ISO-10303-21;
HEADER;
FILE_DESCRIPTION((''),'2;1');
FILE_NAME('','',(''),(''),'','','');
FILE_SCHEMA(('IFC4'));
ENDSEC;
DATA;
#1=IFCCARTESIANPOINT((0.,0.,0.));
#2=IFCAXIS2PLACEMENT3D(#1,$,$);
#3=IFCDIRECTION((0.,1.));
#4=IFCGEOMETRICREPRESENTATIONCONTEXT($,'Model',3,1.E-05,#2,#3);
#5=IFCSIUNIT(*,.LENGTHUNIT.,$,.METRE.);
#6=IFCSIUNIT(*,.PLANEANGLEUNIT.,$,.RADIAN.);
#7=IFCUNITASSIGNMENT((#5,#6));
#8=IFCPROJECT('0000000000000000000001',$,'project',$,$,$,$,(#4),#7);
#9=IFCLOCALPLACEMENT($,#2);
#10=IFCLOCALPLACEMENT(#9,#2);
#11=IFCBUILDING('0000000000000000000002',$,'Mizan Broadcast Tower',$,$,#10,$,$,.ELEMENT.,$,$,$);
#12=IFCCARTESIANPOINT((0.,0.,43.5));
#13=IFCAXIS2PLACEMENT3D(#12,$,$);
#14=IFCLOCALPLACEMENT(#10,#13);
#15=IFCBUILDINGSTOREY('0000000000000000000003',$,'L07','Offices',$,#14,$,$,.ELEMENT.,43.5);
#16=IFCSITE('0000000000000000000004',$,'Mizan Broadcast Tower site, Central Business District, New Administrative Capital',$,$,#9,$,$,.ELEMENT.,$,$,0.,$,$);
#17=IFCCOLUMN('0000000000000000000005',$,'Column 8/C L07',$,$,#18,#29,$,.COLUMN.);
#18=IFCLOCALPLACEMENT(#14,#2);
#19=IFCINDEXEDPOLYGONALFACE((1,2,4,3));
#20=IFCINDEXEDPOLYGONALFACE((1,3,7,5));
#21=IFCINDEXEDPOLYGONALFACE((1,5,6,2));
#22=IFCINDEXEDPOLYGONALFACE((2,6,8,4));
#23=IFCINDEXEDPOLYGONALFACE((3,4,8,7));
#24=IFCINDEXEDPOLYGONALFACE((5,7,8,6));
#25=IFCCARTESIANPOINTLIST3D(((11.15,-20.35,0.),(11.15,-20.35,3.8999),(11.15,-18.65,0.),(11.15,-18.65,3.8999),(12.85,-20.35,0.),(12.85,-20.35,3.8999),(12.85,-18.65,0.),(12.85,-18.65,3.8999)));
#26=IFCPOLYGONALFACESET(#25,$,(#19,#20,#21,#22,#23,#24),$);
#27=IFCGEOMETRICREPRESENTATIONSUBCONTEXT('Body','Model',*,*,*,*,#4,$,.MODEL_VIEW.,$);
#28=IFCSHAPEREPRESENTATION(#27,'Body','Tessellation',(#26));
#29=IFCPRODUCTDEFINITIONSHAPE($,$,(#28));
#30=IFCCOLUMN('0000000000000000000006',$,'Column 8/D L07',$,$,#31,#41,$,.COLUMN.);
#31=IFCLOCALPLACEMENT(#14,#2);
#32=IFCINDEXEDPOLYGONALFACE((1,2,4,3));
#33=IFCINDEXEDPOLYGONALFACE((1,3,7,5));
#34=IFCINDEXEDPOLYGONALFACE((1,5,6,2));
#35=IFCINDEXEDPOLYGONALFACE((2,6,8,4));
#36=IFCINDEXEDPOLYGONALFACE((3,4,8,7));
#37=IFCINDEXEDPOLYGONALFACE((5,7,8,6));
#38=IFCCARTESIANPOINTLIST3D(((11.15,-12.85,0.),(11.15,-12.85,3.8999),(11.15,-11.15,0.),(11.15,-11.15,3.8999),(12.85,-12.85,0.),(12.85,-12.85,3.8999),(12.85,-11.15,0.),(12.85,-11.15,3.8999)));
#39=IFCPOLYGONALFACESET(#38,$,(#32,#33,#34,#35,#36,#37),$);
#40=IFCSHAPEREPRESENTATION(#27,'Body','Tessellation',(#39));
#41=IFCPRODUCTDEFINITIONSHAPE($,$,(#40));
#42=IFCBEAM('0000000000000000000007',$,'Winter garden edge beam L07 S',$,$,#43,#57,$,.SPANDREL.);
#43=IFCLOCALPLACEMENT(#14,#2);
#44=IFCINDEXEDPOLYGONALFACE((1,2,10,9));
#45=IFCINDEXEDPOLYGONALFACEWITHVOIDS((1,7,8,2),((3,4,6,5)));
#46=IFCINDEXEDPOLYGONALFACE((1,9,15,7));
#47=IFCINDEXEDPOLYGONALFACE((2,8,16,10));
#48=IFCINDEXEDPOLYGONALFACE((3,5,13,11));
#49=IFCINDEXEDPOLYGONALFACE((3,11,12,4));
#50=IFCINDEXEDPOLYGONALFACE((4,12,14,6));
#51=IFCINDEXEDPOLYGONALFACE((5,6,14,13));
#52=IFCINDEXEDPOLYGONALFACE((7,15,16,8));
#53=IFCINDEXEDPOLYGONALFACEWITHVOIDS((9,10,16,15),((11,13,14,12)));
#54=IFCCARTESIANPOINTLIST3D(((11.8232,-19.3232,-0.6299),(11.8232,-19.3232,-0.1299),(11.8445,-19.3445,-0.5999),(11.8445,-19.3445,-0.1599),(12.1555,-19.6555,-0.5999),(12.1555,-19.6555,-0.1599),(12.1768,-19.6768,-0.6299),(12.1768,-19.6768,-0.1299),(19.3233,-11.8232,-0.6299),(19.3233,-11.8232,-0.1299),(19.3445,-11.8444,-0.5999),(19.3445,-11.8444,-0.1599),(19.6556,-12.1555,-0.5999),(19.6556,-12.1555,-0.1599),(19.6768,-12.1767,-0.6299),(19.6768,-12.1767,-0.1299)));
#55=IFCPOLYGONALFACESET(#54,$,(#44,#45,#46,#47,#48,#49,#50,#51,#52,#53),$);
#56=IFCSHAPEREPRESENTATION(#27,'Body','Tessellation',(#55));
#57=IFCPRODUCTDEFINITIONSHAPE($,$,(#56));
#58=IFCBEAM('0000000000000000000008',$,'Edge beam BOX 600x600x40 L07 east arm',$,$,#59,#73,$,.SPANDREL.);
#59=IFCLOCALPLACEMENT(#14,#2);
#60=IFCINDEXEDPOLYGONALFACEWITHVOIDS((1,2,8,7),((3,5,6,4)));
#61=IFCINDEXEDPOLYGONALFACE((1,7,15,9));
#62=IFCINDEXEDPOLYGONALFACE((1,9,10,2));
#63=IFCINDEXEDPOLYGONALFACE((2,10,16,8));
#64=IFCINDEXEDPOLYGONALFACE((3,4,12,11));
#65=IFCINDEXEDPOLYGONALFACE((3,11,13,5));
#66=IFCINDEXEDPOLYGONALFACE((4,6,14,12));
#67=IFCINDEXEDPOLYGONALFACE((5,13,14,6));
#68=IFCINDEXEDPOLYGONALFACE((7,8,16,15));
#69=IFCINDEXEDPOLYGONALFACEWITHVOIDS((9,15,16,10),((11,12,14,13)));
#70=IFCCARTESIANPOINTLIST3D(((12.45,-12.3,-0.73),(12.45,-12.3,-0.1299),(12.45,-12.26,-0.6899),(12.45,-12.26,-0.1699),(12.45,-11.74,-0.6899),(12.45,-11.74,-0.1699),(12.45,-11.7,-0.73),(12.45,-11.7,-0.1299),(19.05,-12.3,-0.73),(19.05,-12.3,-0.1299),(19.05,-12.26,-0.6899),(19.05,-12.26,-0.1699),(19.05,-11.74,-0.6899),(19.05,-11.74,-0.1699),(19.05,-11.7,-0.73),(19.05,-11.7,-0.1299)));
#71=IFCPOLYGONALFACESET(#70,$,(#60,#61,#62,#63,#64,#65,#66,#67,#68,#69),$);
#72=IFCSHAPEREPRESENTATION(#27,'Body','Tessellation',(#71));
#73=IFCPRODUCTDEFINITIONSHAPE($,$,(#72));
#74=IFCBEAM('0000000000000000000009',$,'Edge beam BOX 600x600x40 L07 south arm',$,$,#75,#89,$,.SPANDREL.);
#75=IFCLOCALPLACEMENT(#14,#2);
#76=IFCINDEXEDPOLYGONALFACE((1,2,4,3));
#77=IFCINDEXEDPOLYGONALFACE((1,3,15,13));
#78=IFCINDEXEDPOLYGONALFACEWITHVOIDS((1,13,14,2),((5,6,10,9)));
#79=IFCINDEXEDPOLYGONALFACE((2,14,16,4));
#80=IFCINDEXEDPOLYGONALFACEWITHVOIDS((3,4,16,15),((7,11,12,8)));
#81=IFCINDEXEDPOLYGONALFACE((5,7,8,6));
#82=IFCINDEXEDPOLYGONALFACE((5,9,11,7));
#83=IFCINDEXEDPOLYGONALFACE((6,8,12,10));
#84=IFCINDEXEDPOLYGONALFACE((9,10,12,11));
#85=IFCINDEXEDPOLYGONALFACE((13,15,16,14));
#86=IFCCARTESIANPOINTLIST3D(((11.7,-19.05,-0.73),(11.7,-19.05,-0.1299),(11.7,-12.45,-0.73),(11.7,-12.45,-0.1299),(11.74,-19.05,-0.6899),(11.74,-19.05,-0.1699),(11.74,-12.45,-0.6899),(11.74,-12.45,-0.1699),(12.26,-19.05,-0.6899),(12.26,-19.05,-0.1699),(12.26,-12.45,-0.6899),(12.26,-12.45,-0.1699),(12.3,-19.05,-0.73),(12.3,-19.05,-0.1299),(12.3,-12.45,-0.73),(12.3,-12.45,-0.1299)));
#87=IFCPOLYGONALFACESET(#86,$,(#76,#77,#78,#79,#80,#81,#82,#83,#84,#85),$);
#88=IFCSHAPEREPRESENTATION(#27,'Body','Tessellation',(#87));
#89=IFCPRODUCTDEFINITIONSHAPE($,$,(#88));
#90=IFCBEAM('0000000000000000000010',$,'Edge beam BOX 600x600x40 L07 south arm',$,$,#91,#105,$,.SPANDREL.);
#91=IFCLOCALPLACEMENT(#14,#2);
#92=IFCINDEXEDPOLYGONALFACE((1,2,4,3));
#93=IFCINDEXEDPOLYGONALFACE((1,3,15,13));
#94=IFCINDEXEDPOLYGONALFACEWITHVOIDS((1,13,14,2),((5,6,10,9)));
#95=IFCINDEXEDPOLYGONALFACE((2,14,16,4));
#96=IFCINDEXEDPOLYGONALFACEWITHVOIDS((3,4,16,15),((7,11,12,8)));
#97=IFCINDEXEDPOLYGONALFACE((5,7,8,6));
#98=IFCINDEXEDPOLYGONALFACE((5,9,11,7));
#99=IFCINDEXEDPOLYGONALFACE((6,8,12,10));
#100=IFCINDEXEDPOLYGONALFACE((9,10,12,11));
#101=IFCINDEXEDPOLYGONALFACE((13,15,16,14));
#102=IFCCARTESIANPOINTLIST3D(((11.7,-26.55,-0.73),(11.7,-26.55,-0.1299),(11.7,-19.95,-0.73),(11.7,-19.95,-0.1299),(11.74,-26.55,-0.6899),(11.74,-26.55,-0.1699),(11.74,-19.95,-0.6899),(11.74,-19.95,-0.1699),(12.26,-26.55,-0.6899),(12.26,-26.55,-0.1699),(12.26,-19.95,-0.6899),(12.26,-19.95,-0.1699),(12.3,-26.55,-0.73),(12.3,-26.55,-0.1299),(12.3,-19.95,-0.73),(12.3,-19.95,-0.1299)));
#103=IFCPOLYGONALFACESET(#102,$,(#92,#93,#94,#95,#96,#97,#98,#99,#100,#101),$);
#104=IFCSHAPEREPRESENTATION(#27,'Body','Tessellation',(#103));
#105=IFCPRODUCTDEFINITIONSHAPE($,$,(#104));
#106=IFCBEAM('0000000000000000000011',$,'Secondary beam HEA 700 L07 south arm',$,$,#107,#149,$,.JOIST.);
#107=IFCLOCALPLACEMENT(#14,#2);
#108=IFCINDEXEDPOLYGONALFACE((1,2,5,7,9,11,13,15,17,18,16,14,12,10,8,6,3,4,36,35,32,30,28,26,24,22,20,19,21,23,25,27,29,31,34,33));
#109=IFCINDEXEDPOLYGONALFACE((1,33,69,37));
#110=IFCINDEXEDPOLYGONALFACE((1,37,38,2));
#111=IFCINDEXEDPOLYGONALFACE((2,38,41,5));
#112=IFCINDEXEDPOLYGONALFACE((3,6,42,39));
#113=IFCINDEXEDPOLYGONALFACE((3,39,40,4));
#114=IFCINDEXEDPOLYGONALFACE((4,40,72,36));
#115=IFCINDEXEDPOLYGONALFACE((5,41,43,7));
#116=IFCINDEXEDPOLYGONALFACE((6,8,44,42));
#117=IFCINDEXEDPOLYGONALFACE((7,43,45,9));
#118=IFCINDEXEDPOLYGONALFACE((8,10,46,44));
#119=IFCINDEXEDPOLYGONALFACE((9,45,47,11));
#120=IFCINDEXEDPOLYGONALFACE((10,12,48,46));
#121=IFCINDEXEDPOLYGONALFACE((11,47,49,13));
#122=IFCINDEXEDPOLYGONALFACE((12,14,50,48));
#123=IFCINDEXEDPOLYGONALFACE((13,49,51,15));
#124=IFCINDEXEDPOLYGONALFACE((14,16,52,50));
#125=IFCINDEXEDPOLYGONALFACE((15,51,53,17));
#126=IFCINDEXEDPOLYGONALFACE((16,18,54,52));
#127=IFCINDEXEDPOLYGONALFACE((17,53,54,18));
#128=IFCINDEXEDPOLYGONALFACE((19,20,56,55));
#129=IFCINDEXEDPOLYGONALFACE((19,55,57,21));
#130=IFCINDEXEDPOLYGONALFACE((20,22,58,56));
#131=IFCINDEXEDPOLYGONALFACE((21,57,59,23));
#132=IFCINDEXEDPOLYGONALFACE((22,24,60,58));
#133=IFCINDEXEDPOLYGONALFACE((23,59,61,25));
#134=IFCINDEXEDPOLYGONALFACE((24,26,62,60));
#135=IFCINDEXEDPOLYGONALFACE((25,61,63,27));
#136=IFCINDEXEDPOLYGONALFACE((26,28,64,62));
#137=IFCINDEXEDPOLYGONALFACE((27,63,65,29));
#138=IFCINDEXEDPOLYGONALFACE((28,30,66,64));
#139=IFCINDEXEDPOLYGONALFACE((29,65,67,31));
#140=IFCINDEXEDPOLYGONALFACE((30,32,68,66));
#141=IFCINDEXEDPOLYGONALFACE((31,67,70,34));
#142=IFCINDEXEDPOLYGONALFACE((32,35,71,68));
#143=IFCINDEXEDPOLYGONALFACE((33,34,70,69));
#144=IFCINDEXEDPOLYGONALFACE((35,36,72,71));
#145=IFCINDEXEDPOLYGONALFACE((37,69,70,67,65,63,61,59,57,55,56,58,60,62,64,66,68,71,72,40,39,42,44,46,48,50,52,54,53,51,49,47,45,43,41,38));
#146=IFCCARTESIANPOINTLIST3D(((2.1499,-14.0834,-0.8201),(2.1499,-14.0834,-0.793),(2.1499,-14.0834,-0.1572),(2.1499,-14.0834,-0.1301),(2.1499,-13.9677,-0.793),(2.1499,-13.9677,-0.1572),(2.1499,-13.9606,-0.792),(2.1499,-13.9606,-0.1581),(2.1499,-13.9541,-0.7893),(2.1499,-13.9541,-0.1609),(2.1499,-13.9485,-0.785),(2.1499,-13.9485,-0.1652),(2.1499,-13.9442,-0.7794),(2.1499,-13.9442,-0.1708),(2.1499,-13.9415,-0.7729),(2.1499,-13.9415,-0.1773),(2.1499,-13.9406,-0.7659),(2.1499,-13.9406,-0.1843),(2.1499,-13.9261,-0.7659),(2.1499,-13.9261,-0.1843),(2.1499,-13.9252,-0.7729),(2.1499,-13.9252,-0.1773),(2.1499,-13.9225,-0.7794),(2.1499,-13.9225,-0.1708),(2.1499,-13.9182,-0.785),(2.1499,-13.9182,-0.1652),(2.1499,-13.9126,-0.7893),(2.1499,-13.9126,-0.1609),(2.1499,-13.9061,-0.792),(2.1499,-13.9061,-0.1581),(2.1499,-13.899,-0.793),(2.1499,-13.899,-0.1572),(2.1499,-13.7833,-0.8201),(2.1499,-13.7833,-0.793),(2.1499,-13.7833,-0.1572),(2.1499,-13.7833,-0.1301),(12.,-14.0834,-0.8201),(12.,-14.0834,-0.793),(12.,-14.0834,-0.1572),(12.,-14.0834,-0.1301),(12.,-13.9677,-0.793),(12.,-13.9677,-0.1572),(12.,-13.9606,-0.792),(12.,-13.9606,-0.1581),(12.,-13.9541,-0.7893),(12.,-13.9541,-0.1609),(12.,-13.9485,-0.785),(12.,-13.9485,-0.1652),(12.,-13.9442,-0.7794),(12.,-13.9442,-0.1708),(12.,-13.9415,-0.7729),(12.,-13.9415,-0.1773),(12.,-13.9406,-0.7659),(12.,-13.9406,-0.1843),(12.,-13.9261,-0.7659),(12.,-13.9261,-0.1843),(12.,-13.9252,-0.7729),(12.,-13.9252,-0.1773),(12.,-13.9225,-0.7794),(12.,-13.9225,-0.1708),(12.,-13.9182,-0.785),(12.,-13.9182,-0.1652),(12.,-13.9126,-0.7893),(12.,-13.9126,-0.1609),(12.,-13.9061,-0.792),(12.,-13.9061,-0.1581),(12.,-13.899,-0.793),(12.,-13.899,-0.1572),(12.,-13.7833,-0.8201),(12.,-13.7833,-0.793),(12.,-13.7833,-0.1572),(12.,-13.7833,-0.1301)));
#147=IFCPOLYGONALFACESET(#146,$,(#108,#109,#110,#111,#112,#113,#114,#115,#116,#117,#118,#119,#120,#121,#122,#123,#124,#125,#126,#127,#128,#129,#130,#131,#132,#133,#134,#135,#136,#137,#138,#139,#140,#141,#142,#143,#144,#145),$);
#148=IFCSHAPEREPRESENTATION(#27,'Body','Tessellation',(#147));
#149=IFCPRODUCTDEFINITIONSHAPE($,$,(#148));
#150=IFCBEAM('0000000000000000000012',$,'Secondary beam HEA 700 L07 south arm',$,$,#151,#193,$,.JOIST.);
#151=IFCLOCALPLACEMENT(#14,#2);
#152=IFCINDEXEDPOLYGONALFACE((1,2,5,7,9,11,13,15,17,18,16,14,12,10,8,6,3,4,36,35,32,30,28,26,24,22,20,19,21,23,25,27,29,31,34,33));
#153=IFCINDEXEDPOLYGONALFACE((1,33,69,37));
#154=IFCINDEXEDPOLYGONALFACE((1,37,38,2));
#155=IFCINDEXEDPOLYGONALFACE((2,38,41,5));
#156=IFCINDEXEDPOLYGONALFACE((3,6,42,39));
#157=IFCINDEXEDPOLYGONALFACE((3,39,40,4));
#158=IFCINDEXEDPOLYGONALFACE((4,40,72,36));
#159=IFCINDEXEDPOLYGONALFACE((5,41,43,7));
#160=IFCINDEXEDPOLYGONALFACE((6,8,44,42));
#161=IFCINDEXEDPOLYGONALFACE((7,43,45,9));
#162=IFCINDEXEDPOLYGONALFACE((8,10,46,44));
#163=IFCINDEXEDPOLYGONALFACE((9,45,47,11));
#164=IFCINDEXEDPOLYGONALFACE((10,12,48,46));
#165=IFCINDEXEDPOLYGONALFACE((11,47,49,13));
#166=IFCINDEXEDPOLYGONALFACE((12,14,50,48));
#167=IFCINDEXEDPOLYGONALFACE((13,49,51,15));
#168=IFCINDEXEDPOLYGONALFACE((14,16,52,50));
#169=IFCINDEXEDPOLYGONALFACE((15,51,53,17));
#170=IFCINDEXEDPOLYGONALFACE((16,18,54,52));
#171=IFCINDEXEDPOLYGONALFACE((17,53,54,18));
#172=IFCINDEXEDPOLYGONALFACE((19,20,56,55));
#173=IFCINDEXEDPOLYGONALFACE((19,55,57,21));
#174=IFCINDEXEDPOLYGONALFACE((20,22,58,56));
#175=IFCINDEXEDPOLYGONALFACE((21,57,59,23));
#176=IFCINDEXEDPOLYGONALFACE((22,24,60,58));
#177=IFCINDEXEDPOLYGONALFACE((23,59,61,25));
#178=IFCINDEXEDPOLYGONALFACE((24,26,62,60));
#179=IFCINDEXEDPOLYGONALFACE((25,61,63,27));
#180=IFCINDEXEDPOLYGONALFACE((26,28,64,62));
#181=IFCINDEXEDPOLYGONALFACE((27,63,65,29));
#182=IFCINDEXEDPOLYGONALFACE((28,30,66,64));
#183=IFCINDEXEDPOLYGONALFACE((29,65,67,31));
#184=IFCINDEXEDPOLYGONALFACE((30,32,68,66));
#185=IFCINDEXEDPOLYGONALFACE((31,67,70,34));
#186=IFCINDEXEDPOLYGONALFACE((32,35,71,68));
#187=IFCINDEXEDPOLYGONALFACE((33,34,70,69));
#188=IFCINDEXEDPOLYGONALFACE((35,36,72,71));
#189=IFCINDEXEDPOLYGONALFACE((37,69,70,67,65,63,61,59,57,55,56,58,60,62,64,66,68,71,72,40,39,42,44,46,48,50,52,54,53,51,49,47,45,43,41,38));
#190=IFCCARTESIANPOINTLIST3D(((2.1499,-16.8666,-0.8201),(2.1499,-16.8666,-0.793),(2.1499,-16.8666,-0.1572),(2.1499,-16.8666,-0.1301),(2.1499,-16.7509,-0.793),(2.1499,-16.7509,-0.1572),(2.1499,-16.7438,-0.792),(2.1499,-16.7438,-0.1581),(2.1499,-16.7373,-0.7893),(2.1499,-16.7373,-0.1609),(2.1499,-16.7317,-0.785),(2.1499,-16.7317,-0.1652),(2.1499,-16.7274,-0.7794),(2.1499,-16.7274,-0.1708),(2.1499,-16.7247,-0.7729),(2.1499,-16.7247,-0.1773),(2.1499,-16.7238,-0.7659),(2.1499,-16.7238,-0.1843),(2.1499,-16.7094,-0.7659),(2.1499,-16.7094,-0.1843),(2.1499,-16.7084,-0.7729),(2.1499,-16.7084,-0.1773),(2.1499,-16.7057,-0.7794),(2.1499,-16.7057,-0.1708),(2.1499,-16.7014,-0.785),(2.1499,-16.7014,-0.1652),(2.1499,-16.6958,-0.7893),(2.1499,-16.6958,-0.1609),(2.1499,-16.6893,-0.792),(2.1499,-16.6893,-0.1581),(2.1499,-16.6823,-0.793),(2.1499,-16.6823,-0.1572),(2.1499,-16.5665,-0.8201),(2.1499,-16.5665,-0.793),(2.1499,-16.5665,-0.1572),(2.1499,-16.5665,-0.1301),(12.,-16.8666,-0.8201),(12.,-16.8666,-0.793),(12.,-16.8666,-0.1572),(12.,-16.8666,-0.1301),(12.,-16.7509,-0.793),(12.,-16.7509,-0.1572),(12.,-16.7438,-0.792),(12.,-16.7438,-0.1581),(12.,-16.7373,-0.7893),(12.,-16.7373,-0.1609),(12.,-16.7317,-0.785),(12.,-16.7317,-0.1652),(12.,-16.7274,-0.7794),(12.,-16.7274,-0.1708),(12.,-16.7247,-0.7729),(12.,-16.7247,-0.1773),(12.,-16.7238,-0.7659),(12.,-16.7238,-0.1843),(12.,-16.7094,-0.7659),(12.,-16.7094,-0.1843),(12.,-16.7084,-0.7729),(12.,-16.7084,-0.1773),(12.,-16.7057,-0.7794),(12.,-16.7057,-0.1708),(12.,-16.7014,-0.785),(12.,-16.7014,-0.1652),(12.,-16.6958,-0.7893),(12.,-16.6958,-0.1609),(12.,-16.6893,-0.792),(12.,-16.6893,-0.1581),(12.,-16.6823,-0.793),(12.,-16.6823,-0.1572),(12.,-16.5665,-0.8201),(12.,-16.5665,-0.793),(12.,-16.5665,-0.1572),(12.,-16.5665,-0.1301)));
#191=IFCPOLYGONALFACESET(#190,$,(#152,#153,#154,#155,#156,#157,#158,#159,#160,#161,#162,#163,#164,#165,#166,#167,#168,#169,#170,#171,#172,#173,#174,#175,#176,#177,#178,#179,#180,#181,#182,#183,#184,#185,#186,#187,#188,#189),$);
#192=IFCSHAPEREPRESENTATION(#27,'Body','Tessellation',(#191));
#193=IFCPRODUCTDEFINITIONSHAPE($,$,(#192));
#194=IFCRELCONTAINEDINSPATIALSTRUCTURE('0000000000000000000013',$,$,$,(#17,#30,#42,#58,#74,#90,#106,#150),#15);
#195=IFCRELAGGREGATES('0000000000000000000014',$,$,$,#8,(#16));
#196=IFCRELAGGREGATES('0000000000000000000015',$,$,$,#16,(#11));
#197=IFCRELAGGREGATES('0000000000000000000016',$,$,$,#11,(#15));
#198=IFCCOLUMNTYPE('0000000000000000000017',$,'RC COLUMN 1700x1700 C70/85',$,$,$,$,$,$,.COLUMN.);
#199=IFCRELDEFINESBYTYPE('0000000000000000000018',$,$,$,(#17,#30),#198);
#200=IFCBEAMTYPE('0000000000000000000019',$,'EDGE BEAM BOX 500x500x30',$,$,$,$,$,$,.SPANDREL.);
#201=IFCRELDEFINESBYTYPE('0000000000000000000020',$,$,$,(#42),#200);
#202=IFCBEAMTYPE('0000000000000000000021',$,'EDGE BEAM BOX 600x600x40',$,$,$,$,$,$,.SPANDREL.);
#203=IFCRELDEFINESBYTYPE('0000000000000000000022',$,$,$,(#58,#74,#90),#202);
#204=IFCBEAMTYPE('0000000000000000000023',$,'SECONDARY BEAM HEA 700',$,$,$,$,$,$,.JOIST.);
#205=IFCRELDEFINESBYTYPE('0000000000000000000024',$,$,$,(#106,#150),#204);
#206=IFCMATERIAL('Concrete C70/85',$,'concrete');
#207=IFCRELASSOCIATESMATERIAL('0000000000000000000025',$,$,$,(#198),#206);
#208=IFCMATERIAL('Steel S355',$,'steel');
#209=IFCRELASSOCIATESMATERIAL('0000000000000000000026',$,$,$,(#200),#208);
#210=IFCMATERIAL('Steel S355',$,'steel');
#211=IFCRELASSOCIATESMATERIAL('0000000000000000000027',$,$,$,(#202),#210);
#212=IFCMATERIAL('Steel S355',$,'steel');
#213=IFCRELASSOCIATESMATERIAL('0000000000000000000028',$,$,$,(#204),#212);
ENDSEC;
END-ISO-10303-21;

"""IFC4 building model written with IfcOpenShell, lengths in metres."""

from ifc_helpers import new_model, si_unit, direction, frame, origin, origin_2d, place, context, subcontext, project, spatial, rectangle, hollow_rectangle, i_section, extrude, material, material_profile, profile_set, type_object, element, save


model = new_model("IFC4")

# Units and contexts
model_context = context("Model", 3, precision=1e-05, world=origin(), true_north=direction((0.0, 1.0)))
body_context = subcontext(model_context, "Body", "Model", "MODEL_VIEW")
ifc_project = project(units=[si_unit("LENGTHUNIT", "METRE"), si_unit("PLANEANGLEUNIT", "RADIAN")], contexts=[model_context])

# Site, building, storey
site_placement = place(None, origin())
site = spatial("IfcSite", under=ifc_project, at=site_placement, Name="Mizan Broadcast Tower site, Central Business District, New Administrative Capital", CompositionType="ELEMENT", RefElevation=0.0)
building_placement = place(site_placement, origin())
building = spatial("IfcBuilding", under=site, at=building_placement, Name="Mizan Broadcast Tower", CompositionType="ELEMENT")
storey_placement = place(building_placement, frame((0.0, 0.0, 43.5)))
storey = spatial("IfcBuildingStorey", under=building, at=storey_placement, Name="L07", Description="Offices", CompositionType="ELEMENT", Elevation=43.5)

# Columns
ifc_material_1 = material(Name="Concrete C70/85", Category="concrete")
ifc_material_profile_1 = material_profile(ifc_material_1, rectangle(XDim=1.7, YDim=1.7, at=origin_2d()), Name="RC 1700x1700")
ifc_profile_set_1 = profile_set([ifc_material_profile_1], Name="Concrete C70/85")
column_type = type_object("IfcColumnType", Name="RC COLUMN 1700x1700 C70/85", PredefinedType="COLUMN", material=ifc_profile_set_1)
for number, where, z_axis, x_axis, name in (
    (1, (12.0, -19.5, 0.0), (0.0, 0.0, 1.0), (1.0, 0.0, 0.0), "Column 8/C L07"),
    (2, (12.0, -12.0, 0.0), (0.0, 0.0, 1.0), (1.0, 0.0, 0.0), "Column 8/D L07"),
):
    element("IfcColumn", number, at=place(storey_placement, frame(where, z_axis=z_axis, x_axis=x_axis)), inside=storey, type_object=column_type, Name=name, PredefinedType="COLUMN", context=body_context, shape_type="SweptSolid", body=[
        extrude(rectangle(XDim=1.7, YDim=1.7, at=origin_2d()), origin(), (0.0, 0.0, 1.0), 3.8999),
    ])

# Beams
ifc_material_2 = material(Name="Steel S355", Category="steel")
ifc_material_profile_2 = material_profile(ifc_material_2, hollow_rectangle(XDim=0.5, YDim=0.5, WallThickness=0.03, at=origin_2d()), Name="BOX 500x500x30")
ifc_profile_set_2 = profile_set([ifc_material_profile_2], Name="Steel S355")
beam_type_1 = type_object("IfcBeamType", Name="EDGE BEAM BOX 500x500x30", PredefinedType="SPANDREL", material=ifc_profile_set_2)
beam_1_placement = place(storey_placement, frame((12.0, -19.5, -0.3799), z_axis=(0.707107, 0.707107, 0.0), x_axis=(-0.707107, 0.707107, 0.0)))
element("IfcBeam", 3, at=beam_1_placement, inside=storey, type_object=beam_type_1, Name="Winter garden edge beam L07 S", PredefinedType="SPANDREL", context=body_context, shape_type="SweptSolid", body=[
    extrude(hollow_rectangle(XDim=0.5, YDim=0.5, WallThickness=0.03, at=origin_2d()), origin(), (0.0, 0.0, 1.0), 10.6067),
])
ifc_material_3 = material(Name="Steel S355", Category="steel")
ifc_material_profile_3 = material_profile(ifc_material_3, hollow_rectangle(XDim=0.6001, YDim=0.6001, WallThickness=0.04, at=origin_2d()), Name="BOX 600x600x40")
ifc_profile_set_3 = profile_set([ifc_material_profile_3], Name="Steel S355")
beam_type_2 = type_object("IfcBeamType", Name="EDGE BEAM BOX 600x600x40", PredefinedType="SPANDREL", material=ifc_profile_set_3)
for number, where, z_axis, x_axis, name in (
    (4, (12.45, -12.0, -0.4299), (1.0, 0.0, 0.0), (0.0, 1.0, 0.0), "Edge beam BOX 600x600x40 L07 east arm"),
    (5, (12.0, -12.45, -0.4299), (0.0, -1.0, 0.0), (1.0, 0.0, 0.0), "Edge beam BOX 600x600x40 L07 south arm"),
    (6, (12.0, -19.95, -0.4299), (0.0, -1.0, 0.0), (1.0, 0.0, 0.0), "Edge beam BOX 600x600x40 L07 south arm"),
):
    element("IfcBeam", number, at=place(storey_placement, frame(where, z_axis=z_axis, x_axis=x_axis)), inside=storey, type_object=beam_type_2, Name=name, PredefinedType="SPANDREL", context=body_context, shape_type="SweptSolid", body=[
        extrude(hollow_rectangle(XDim=0.6001, YDim=0.6001, WallThickness=0.04, at=origin_2d()), origin(), (0.0, 0.0, 1.0), 6.6001),
    ])
ifc_material_4 = material(Name="Steel S355", Category="steel")
ifc_material_profile_4 = material_profile(ifc_material_4, i_section(OverallWidth=0.3, OverallDepth=0.6899, WebThickness=0.0144, FlangeThickness=0.0271, FilletRadius=0.0271, at=origin_2d()), Name="HEA 700")
ifc_profile_set_4 = profile_set([ifc_material_profile_4], Name="Steel S355")
beam_type_3 = type_object("IfcBeamType", Name="SECONDARY BEAM HEA 700", PredefinedType="JOIST", material=ifc_profile_set_4)
for number, where, z_axis, x_axis, name in (
    (7, (12.0, -13.9333, -0.4751), (-1.0, 0.0, 0.0), (0.0, -1.0, 0.0), "Secondary beam HEA 700 L07 south arm"),
    (8, (12.0, -16.7166, -0.4751), (-1.0, 0.0, 0.0), (0.0, -1.0, 0.0), "Secondary beam HEA 700 L07 south arm"),
):
    element("IfcBeam", number, at=place(storey_placement, frame(where, z_axis=z_axis, x_axis=x_axis)), inside=storey, type_object=beam_type_3, Name=name, PredefinedType="JOIST", context=body_context, shape_type="SweptSolid", body=[
        extrude(i_section(OverallWidth=0.3, OverallDepth=0.6899, WebThickness=0.0144, FlangeThickness=0.0271, FilletRadius=0.0271, at=origin_2d()), origin(), (0.0, 0.0, 1.0), 9.8501),
    ])

save(model, "model.ifc")
